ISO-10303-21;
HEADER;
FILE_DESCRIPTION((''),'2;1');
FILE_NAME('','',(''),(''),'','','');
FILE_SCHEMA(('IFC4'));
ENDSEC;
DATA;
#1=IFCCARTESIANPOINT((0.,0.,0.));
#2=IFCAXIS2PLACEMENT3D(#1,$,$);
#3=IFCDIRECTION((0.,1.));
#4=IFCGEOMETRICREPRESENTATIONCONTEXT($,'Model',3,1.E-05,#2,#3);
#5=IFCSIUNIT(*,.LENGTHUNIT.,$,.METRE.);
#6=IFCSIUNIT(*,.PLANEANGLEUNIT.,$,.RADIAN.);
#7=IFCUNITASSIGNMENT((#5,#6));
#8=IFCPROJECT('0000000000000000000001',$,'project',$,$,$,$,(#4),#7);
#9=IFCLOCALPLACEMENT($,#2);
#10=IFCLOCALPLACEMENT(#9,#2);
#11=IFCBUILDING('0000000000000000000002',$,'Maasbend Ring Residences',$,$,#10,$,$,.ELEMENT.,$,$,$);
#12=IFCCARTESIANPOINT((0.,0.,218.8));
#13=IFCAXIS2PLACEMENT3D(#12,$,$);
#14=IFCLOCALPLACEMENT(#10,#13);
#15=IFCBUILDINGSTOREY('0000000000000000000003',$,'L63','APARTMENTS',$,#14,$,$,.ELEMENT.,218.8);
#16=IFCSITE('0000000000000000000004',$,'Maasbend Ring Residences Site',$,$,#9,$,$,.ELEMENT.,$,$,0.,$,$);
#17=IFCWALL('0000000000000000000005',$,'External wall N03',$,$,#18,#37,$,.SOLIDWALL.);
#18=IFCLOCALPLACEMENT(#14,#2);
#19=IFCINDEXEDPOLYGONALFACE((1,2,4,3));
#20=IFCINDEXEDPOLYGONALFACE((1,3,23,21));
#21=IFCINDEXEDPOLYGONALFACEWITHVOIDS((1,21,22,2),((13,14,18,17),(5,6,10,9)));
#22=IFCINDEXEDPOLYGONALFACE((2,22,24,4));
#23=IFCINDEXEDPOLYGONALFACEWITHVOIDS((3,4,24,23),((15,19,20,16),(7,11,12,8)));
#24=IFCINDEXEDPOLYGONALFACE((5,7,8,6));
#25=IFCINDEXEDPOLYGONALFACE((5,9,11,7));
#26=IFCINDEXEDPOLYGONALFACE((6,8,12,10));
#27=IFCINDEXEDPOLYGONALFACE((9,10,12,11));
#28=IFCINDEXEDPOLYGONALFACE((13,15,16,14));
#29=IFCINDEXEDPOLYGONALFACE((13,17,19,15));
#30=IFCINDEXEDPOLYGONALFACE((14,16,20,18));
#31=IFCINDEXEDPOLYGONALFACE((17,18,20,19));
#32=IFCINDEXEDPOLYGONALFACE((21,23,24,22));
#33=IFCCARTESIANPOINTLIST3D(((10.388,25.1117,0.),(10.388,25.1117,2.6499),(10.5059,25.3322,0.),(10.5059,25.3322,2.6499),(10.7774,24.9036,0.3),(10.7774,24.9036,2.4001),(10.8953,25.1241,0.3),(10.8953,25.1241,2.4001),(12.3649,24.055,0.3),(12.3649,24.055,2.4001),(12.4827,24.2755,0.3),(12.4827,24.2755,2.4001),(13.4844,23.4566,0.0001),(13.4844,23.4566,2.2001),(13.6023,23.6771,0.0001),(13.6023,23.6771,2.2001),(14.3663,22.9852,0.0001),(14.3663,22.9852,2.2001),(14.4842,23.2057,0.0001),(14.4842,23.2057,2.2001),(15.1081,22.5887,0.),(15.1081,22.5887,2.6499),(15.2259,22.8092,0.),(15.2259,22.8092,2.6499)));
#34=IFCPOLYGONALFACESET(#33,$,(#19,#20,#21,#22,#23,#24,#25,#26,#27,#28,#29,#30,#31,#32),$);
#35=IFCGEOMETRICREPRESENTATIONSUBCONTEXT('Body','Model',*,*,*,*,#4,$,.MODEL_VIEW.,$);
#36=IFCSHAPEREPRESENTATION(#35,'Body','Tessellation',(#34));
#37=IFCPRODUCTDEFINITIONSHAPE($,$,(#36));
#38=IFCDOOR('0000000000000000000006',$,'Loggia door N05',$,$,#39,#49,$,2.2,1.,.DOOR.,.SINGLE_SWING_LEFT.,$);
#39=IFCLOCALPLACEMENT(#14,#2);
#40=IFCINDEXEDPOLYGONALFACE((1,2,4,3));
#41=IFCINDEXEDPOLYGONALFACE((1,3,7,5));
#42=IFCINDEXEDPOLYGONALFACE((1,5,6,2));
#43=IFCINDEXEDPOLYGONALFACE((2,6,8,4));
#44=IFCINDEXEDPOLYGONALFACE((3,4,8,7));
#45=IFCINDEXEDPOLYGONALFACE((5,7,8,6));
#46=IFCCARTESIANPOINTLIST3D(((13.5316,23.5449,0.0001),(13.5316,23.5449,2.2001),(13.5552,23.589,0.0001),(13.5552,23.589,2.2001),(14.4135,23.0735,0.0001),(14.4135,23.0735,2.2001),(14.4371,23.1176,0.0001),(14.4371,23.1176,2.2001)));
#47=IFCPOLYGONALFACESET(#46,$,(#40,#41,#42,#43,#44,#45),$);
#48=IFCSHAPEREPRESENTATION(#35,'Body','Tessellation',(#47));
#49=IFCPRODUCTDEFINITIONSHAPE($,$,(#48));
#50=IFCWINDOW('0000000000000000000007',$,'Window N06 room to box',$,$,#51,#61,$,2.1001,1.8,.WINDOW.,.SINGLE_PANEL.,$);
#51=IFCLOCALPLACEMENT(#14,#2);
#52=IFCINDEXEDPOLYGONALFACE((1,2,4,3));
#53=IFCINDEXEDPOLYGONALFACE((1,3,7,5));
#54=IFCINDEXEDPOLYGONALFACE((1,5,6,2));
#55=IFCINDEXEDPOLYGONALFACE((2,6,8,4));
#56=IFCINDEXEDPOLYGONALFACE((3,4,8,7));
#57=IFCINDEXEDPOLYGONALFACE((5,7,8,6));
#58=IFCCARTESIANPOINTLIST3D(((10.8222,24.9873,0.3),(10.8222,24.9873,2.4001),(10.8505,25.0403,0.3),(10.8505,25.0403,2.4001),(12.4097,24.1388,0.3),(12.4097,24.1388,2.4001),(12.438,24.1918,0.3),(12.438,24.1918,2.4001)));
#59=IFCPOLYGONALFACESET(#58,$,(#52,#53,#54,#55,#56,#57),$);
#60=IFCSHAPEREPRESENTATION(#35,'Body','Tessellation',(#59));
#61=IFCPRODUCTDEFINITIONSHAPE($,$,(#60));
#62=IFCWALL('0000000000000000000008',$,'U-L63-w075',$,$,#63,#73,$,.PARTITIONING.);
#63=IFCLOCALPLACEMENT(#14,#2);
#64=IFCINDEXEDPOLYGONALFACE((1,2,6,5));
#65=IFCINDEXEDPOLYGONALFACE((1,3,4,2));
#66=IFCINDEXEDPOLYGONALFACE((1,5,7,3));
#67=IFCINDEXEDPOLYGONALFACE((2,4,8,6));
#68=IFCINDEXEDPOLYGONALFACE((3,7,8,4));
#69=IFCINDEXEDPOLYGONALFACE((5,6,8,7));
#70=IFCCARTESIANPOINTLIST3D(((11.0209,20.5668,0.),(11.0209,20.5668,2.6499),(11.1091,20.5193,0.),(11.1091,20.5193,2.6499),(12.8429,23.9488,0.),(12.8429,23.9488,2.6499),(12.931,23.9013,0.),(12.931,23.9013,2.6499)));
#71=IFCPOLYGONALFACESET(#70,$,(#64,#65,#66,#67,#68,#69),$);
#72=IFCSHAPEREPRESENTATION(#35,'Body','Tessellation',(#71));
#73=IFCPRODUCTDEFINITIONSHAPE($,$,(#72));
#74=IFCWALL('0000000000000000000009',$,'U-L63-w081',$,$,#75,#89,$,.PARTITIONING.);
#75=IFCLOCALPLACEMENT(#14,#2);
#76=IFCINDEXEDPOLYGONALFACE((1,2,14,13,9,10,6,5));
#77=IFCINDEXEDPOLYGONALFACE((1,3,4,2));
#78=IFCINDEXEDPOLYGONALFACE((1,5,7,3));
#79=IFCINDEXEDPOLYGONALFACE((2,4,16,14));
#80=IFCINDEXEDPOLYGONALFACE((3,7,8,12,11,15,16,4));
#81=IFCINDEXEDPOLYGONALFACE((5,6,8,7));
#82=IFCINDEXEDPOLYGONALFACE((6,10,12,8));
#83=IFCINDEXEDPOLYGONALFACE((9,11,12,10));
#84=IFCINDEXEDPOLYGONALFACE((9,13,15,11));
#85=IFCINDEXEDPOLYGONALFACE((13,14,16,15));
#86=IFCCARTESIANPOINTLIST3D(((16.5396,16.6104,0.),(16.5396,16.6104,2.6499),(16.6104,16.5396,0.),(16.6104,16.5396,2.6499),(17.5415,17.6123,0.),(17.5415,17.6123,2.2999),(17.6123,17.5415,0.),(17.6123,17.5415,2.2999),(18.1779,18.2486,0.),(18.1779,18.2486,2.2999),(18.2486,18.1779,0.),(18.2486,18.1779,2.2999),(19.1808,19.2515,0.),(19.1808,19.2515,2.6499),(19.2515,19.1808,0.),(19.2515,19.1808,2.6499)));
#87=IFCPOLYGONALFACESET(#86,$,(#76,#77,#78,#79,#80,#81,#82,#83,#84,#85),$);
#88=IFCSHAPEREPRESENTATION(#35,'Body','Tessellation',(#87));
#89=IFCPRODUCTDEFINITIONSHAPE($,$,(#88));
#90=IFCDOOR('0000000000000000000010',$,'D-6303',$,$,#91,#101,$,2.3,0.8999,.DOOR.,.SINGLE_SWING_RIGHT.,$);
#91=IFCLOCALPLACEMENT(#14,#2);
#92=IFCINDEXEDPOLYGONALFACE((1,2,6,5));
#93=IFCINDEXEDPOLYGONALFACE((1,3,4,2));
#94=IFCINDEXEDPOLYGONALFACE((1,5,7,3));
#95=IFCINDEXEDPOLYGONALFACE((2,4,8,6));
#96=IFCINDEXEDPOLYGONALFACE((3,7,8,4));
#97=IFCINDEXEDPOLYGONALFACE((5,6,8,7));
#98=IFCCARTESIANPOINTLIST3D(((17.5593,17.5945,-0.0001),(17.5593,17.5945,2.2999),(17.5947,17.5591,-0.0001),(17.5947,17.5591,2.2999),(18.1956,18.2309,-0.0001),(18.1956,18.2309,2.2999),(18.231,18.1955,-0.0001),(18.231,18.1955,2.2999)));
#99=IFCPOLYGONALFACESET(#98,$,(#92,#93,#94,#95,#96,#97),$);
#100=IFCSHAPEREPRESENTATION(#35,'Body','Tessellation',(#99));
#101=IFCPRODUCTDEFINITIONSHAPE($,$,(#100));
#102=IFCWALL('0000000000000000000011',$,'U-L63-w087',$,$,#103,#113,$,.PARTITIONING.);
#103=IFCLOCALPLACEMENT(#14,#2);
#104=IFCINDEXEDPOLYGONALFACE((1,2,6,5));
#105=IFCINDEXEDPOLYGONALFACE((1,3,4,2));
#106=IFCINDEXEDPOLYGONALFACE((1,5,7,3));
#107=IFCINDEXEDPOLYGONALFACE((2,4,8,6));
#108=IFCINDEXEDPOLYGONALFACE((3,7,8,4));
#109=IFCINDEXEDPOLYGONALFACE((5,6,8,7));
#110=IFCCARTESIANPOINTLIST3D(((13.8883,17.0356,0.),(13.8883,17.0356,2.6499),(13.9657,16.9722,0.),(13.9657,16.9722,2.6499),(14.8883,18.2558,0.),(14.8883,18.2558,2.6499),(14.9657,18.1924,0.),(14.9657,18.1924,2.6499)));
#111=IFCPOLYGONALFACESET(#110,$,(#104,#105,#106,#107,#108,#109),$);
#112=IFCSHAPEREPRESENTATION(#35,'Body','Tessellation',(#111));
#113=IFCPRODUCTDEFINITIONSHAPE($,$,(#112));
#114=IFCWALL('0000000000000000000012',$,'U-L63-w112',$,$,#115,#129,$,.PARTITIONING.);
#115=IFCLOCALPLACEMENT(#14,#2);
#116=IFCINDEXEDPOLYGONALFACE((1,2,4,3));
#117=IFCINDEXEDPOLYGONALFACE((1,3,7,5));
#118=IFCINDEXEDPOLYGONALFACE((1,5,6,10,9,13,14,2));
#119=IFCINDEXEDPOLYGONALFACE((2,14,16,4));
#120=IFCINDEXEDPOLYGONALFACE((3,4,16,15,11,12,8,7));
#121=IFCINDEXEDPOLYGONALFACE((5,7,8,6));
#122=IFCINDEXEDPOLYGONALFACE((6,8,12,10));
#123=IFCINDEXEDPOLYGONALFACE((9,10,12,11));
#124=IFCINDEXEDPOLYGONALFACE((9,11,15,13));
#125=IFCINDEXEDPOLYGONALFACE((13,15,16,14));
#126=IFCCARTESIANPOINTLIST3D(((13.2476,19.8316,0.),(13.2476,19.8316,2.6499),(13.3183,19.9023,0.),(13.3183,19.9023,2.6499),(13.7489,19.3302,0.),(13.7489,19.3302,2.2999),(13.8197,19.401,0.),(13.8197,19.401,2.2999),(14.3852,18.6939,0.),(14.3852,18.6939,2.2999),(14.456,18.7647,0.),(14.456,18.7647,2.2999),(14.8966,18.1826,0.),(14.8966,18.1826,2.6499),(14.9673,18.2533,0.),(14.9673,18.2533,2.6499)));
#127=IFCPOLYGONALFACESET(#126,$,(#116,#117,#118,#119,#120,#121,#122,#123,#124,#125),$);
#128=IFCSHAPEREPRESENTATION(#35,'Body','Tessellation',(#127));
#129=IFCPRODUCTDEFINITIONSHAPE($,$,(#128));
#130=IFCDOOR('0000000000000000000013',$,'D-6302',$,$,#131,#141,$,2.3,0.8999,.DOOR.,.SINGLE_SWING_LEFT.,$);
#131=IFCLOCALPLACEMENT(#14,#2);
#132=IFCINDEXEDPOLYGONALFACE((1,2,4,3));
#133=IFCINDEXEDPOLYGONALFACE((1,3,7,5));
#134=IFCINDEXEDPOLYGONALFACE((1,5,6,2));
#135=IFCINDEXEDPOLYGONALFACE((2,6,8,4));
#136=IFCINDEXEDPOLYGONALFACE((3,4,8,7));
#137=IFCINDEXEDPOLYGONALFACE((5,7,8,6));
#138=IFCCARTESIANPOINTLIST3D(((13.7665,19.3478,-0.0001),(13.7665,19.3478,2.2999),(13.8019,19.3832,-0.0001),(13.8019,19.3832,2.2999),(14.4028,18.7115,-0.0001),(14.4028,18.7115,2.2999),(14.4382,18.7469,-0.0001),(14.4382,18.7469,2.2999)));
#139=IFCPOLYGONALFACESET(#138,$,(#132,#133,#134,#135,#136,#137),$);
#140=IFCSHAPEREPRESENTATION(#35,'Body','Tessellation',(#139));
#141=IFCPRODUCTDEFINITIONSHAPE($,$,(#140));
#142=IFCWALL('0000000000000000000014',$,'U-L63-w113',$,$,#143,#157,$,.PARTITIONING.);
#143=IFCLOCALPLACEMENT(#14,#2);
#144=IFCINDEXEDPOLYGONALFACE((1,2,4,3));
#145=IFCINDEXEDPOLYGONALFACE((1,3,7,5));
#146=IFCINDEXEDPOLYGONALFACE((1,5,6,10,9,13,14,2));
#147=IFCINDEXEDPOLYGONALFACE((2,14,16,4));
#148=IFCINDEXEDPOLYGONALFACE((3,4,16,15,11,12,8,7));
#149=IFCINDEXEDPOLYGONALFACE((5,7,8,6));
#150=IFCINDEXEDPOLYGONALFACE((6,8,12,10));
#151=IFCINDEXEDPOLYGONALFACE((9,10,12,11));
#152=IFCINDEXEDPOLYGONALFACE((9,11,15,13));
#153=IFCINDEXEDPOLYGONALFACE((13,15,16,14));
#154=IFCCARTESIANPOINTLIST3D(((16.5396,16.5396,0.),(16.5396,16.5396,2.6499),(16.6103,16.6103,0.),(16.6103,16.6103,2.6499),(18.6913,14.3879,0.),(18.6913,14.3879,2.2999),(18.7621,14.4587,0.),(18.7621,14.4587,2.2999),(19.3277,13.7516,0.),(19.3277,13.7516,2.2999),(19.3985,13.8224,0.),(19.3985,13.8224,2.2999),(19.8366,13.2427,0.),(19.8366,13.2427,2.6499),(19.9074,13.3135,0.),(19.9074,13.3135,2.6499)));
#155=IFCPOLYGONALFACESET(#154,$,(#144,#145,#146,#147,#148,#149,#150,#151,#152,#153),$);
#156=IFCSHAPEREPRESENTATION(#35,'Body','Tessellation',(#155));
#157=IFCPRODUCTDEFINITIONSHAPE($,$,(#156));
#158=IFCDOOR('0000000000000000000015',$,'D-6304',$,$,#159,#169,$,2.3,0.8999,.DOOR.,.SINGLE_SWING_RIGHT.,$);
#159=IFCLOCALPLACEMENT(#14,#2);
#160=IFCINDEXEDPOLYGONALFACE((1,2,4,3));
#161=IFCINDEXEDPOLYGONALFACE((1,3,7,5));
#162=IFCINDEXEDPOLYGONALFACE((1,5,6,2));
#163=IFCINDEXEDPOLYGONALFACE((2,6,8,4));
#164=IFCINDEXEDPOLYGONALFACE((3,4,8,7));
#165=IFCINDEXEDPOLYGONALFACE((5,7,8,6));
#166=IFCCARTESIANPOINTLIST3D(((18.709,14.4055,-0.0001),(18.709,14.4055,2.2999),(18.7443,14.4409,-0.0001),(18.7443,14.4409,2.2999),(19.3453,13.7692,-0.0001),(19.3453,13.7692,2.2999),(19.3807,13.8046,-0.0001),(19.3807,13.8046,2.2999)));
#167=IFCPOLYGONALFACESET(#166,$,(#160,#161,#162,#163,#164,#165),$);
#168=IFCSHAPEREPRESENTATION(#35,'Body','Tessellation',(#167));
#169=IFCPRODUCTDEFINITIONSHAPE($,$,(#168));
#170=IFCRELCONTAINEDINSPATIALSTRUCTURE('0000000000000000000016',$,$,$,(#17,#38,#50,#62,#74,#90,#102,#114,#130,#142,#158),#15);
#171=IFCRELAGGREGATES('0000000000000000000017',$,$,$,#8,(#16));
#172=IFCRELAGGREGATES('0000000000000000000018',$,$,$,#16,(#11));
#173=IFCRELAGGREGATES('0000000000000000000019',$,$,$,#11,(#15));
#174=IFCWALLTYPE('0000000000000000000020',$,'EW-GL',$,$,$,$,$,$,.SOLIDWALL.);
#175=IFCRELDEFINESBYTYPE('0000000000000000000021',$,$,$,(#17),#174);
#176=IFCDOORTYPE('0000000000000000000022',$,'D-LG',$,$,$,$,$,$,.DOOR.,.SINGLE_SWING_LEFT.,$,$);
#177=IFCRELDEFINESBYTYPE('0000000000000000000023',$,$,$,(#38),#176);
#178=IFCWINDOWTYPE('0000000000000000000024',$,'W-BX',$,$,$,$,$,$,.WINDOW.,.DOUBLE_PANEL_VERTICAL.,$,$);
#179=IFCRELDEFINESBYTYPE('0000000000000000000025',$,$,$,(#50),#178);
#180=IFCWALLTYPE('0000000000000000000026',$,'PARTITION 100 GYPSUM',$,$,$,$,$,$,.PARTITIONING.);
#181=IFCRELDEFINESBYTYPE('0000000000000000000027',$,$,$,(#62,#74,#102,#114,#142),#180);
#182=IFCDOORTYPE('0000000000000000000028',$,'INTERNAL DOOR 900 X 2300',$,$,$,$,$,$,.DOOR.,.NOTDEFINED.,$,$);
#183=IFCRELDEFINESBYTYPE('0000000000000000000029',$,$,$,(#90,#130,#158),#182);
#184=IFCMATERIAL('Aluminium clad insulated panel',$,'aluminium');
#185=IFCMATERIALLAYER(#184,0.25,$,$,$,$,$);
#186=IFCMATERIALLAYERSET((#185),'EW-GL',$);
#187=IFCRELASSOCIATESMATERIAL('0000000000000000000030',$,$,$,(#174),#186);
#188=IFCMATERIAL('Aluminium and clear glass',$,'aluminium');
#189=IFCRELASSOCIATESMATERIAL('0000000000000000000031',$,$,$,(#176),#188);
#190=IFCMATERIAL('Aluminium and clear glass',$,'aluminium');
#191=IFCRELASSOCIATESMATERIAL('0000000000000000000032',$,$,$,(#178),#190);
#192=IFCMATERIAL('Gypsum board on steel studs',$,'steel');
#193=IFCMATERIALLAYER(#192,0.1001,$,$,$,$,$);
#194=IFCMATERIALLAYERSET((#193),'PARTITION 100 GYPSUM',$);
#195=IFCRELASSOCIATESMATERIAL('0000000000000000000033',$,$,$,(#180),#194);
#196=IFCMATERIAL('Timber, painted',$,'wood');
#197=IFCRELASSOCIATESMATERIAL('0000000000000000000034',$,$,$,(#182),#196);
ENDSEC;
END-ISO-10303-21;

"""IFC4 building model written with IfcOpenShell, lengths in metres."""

from ifc_helpers import new_model, si_unit, direction, frame, frame_2d, origin, place, context, subcontext, project, spatial, rectangle, extrude, material, layer, layer_set, type_object, element, fill, save


model = new_model("IFC4")

# Units and contexts
model_context = context("Model", 3, precision=1e-05, world=origin(), true_north=direction((0.0, 1.0)))
body_context = subcontext(model_context, "Body", "Model", "MODEL_VIEW")
ifc_project = project(units=[si_unit("LENGTHUNIT", "METRE"), si_unit("PLANEANGLEUNIT", "RADIAN")], contexts=[model_context])

# Site, building, storey
site_placement = place(None, origin())
site = spatial("IfcSite", under=ifc_project, at=site_placement, Name="Maasbend Ring Residences Site", CompositionType="ELEMENT", RefElevation=0.0)
building_placement = place(site_placement, origin())
building = spatial("IfcBuilding", under=site, at=building_placement, Name="Maasbend Ring Residences", CompositionType="ELEMENT")
storey_placement = place(building_placement, frame((0.0, 0.0, 218.8)))
storey = spatial("IfcBuildingStorey", under=building, at=storey_placement, Name="L63", Description="APARTMENTS", CompositionType="ELEMENT", Elevation=218.8)

# Wall, openings, door, window
ifc_material_1 = material(Name="Aluminium clad insulated panel", Category="aluminium")
ifc_layer_1 = layer(ifc_material_1, 0.25)
ifc_layer_set_1 = layer_set([ifc_layer_1], Name="EW-GL")
wall_type_1 = type_object("IfcWallType", Name="EW-GL", PredefinedType="SOLIDWALL", material=ifc_layer_set_1)
wall_1_placement = place(storey_placement, frame((15.167, 22.699, 0.0), z_axis=(0.0, 0.0, 1.0), x_axis=(-0.881916, 0.471407, 0.0)))
wall_1 = element("IfcWall", 1, at=wall_1_placement, inside=storey, type_object=wall_type_1, Name="External wall N03", PredefinedType="SOLIDWALL", context=body_context, shape_type="SweptSolid", body=[
    extrude(rectangle(XDim=5.3521, YDim=0.25, at=frame_2d((2.676, 0.0))), origin(), (0.0, 0.0, 1.0), 2.6499),
])
opening_1_placement = place(wall_1_placement, frame((0.8411, 0.0, 0.0)))
opening_1 = element("IfcOpeningElement", 2, at=opening_1_placement, cuts=wall_1, PredefinedType="OPENING", context=body_context, shape_type="SweptSolid", body=[
    extrude(rectangle(XDim=1.0, YDim=2.2, at=frame_2d((0.5, 1.1001))), frame((0.0, 0.135, 0.0), z_axis=(0.0, -1.0, 0.0), x_axis=(1.0, 0.0, 0.0)), (0.0, 0.0, 1.0), 0.27),
])
opening_2_placement = place(wall_1_placement, frame((3.1106, 0.0, 0.3)))
opening_2 = element("IfcOpeningElement", 3, at=opening_2_placement, cuts=wall_1, PredefinedType="OPENING", context=body_context, shape_type="SweptSolid", body=[
    extrude(rectangle(XDim=1.8, YDim=2.1001, at=frame_2d((0.8999, 1.05))), frame((0.0, 0.135, 0.0), z_axis=(0.0, -1.0, 0.0), x_axis=(1.0, 0.0, 0.0)), (0.0, 0.0, 1.0), 0.27),
])
ifc_material_2 = material(Name="Aluminium and clear glass", Category="aluminium")
door_type_1 = type_object("IfcDoorType", Name="D-LG", OperationType="SINGLE_SWING_LEFT", PredefinedType="DOOR", material=ifc_material_2)
door_1_placement = place(opening_1_placement, origin())
door_1 = element("IfcDoor", 4, at=door_1_placement, inside=storey, type_object=door_type_1, Name="Loggia door N05", OperationType="SINGLE_SWING_LEFT", OverallHeight=2.2, OverallWidth=1.0, PredefinedType="DOOR", context=body_context, shape_type="SweptSolid", body=[
    extrude(rectangle(XDim=1.0, YDim=2.2, at=frame_2d((0.5, 1.1001))), frame((0.0, 0.0249, 0.0), z_axis=(0.0, -1.0, 0.0), x_axis=(1.0, 0.0, 0.0)), (0.0, 0.0, 1.0), 0.05),
])
fill(opening_1, door_1)
ifc_material_3 = material(Name="Aluminium and clear glass", Category="aluminium")
window_type_1 = type_object("IfcWindowType", Name="W-BX", PartitioningType="DOUBLE_PANEL_VERTICAL", PredefinedType="WINDOW", material=ifc_material_3)
window_1_placement = place(opening_2_placement, origin())
window_1 = element("IfcWindow", 5, at=window_1_placement, inside=storey, type_object=window_type_1, Name="Window N06 room to box", OverallHeight=2.1001, OverallWidth=1.8, PartitioningType="SINGLE_PANEL", PredefinedType="WINDOW", context=body_context, shape_type="SweptSolid", body=[
    extrude(rectangle(XDim=1.8, YDim=2.1001, at=frame_2d((0.8999, 1.05))), frame((0.0, 0.03, 0.0), z_axis=(0.0, -1.0, 0.0), x_axis=(1.0, 0.0, 0.0)), (0.0, 0.0, 1.0), 0.0601),
])
fill(opening_2, window_1)

# Wall
ifc_material_4 = material(Name="Gypsum board on steel studs", Category="steel")
ifc_layer_2 = layer(ifc_material_4, 0.1001)
ifc_layer_set_2 = layer_set([ifc_layer_2], Name="PARTITION 100 GYPSUM")
wall_type_2 = type_object("IfcWallType", Name="PARTITION 100 GYPSUM", PredefinedType="PARTITIONING", material=ifc_layer_set_2)
wall_2_placement = place(storey_placement, frame((11.0649, 20.543, 0.0), z_axis=(0.0, 0.0, 1.0), x_axis=(0.474282, 0.880373, 0.0)))
element("IfcWall", 6, at=wall_2_placement, inside=storey, type_object=wall_type_2, Name="U-L63-w075", PredefinedType="PARTITIONING", context=body_context, shape_type="SweptSolid", body=[
    extrude(rectangle(XDim=3.8416, YDim=0.1001, at=frame_2d((1.9209, 0.0))), origin(), (0.0, 0.0, 1.0), 2.6499),
])

# Wall, opening, door
wall_3_placement = place(storey_placement, frame((16.575, 16.575, 0.0), z_axis=(0.0, 0.0, 1.0), x_axis=(0.707107, 0.707107, 0.0)))
wall_3 = element("IfcWall", 7, at=wall_3_placement, inside=storey, type_object=wall_type_2, Name="U-L63-w081", PredefinedType="PARTITIONING", context=body_context, shape_type="SweptSolid", body=[
    extrude(rectangle(XDim=3.7351, YDim=0.1001, at=frame_2d((1.8677, 0.0))), origin(), (0.0, 0.0, 1.0), 2.6499),
])
opening_3_placement = place(wall_3_placement, frame((1.417, 0.0, 0.0)))
opening_3 = element("IfcOpeningElement", 8, at=opening_3_placement, cuts=wall_3, PredefinedType="OPENING", context=body_context, shape_type="SweptSolid", body=[
    extrude(rectangle(XDim=0.8999, YDim=2.3, at=frame_2d((0.45, 1.1499))), frame((0.0, 0.0601, 0.0), z_axis=(0.0, -1.0, 0.0), x_axis=(1.0, 0.0, 0.0)), (0.0, 0.0, 1.0), 0.1201),
])
ifc_material_5 = material(Name="Timber, painted", Category="wood")
door_type_2 = type_object("IfcDoorType", Name="INTERNAL DOOR 900 X 2300", OperationType="NOTDEFINED", PredefinedType="DOOR", material=ifc_material_5)
door_2_placement = place(opening_3_placement, origin())
door_2 = element("IfcDoor", 9, at=door_2_placement, inside=storey, type_object=door_type_2, Name="D-6303", OperationType="SINGLE_SWING_RIGHT", OverallHeight=2.3, OverallWidth=0.8999, PredefinedType="DOOR", context=body_context, shape_type="SweptSolid", body=[
    extrude(rectangle(XDim=0.8999, YDim=2.3, at=frame_2d((0.45, 1.1499))), frame((0.0, 0.0249, 0.0), z_axis=(0.0, -1.0, 0.0), x_axis=(1.0, 0.0, 0.0)), (0.0, 0.0, 1.0), 0.05),
])
fill(opening_3, door_2)

# Wall
wall_4_placement = place(storey_placement, frame((13.927, 17.0039, 0.0), z_axis=(0.0, 0.0, 1.0), x_axis=(0.633861, 0.773447, 0.0)))
element("IfcWall", 10, at=wall_4_placement, inside=storey, type_object=wall_type_2, Name="U-L63-w087", PredefinedType="PARTITIONING", context=body_context, shape_type="SweptSolid", body=[
    extrude(rectangle(XDim=1.5776, YDim=0.1001, at=frame_2d((0.7888, 0.0))), origin(), (0.0, 0.0, 1.0), 2.6499),
])

# Walls, openings, doors
wall_5_placement = place(storey_placement, frame((13.283, 19.8669, 0.0), z_axis=(0.0, 0.0, 1.0), x_axis=(0.707107, -0.707107, 0.0)))
wall_5 = element("IfcWall", 11, at=wall_5_placement, inside=storey, type_object=wall_type_2, Name="U-L63-w112", PredefinedType="PARTITIONING", context=body_context, shape_type="SweptSolid", body=[
    extrude(rectangle(XDim=2.332, YDim=0.1001, at=frame_2d((1.166, 0.0))), origin(), (0.0, 0.0, 1.0), 2.6499),
])
opening_4_placement = place(wall_5_placement, frame((0.709, 0.0, 0.0)))
opening_4 = element("IfcOpeningElement", 12, at=opening_4_placement, cuts=wall_5, PredefinedType="OPENING", context=body_context, shape_type="SweptSolid", body=[
    extrude(rectangle(XDim=0.8999, YDim=2.3, at=frame_2d((0.45, 1.1499))), frame((0.0, 0.0601, 0.0), z_axis=(0.0, -1.0, 0.0), x_axis=(1.0, 0.0, 0.0)), (0.0, 0.0, 1.0), 0.1201),
])
door_3_placement = place(opening_4_placement, origin())
door_3 = element("IfcDoor", 13, at=door_3_placement, inside=storey, type_object=door_type_2, Name="D-6302", OperationType="SINGLE_SWING_LEFT", OverallHeight=2.3, OverallWidth=0.8999, PredefinedType="DOOR", context=body_context, shape_type="SweptSolid", body=[
    extrude(rectangle(XDim=0.8999, YDim=2.3, at=frame_2d((0.45, 1.1499))), frame((0.0, 0.0249, 0.0), z_axis=(0.0, -1.0, 0.0), x_axis=(1.0, 0.0, 0.0)), (0.0, 0.0, 1.0), 0.05),
])
fill(opening_4, door_3)
wall_6_placement = place(storey_placement, frame((16.575, 16.575, 0.0), z_axis=(0.0, 0.0, 1.0), x_axis=(0.707133, -0.707081, 0.0)))
wall_6 = element("IfcWall", 14, at=wall_6_placement, inside=storey, type_object=wall_type_2, Name="U-L63-w113", PredefinedType="PARTITIONING", context=body_context, shape_type="SweptSolid", body=[
    extrude(rectangle(XDim=4.6626, YDim=0.1001, at=frame_2d((2.3313, 0.0))), origin(), (0.0, 0.0, 1.0), 2.6499),
])
opening_5_placement = place(wall_6_placement, frame((3.043, 0.0, 0.0)))
opening_5 = element("IfcOpeningElement", 15, at=opening_5_placement, cuts=wall_6, PredefinedType="OPENING", context=body_context, shape_type="SweptSolid", body=[
    extrude(rectangle(XDim=0.8999, YDim=2.3, at=frame_2d((0.45, 1.1499))), frame((0.0, 0.0601, 0.0), z_axis=(0.0, -1.0, 0.0), x_axis=(1.0, 0.0, 0.0)), (0.0, 0.0, 1.0), 0.1201),
])
door_4_placement = place(opening_5_placement, origin())
door_4 = element("IfcDoor", 16, at=door_4_placement, inside=storey, type_object=door_type_2, Name="D-6304", OperationType="SINGLE_SWING_RIGHT", OverallHeight=2.3, OverallWidth=0.8999, PredefinedType="DOOR", context=body_context, shape_type="SweptSolid", body=[
    extrude(rectangle(XDim=0.8999, YDim=2.3, at=frame_2d((0.45, 1.1499))), frame((0.0, 0.0249, 0.0), z_axis=(0.0, -1.0, 0.0), x_axis=(1.0, 0.0, 0.0)), (0.0, 0.0, 1.0), 0.05),
])
fill(opening_5, door_4)

save(model, "model.ifc")
